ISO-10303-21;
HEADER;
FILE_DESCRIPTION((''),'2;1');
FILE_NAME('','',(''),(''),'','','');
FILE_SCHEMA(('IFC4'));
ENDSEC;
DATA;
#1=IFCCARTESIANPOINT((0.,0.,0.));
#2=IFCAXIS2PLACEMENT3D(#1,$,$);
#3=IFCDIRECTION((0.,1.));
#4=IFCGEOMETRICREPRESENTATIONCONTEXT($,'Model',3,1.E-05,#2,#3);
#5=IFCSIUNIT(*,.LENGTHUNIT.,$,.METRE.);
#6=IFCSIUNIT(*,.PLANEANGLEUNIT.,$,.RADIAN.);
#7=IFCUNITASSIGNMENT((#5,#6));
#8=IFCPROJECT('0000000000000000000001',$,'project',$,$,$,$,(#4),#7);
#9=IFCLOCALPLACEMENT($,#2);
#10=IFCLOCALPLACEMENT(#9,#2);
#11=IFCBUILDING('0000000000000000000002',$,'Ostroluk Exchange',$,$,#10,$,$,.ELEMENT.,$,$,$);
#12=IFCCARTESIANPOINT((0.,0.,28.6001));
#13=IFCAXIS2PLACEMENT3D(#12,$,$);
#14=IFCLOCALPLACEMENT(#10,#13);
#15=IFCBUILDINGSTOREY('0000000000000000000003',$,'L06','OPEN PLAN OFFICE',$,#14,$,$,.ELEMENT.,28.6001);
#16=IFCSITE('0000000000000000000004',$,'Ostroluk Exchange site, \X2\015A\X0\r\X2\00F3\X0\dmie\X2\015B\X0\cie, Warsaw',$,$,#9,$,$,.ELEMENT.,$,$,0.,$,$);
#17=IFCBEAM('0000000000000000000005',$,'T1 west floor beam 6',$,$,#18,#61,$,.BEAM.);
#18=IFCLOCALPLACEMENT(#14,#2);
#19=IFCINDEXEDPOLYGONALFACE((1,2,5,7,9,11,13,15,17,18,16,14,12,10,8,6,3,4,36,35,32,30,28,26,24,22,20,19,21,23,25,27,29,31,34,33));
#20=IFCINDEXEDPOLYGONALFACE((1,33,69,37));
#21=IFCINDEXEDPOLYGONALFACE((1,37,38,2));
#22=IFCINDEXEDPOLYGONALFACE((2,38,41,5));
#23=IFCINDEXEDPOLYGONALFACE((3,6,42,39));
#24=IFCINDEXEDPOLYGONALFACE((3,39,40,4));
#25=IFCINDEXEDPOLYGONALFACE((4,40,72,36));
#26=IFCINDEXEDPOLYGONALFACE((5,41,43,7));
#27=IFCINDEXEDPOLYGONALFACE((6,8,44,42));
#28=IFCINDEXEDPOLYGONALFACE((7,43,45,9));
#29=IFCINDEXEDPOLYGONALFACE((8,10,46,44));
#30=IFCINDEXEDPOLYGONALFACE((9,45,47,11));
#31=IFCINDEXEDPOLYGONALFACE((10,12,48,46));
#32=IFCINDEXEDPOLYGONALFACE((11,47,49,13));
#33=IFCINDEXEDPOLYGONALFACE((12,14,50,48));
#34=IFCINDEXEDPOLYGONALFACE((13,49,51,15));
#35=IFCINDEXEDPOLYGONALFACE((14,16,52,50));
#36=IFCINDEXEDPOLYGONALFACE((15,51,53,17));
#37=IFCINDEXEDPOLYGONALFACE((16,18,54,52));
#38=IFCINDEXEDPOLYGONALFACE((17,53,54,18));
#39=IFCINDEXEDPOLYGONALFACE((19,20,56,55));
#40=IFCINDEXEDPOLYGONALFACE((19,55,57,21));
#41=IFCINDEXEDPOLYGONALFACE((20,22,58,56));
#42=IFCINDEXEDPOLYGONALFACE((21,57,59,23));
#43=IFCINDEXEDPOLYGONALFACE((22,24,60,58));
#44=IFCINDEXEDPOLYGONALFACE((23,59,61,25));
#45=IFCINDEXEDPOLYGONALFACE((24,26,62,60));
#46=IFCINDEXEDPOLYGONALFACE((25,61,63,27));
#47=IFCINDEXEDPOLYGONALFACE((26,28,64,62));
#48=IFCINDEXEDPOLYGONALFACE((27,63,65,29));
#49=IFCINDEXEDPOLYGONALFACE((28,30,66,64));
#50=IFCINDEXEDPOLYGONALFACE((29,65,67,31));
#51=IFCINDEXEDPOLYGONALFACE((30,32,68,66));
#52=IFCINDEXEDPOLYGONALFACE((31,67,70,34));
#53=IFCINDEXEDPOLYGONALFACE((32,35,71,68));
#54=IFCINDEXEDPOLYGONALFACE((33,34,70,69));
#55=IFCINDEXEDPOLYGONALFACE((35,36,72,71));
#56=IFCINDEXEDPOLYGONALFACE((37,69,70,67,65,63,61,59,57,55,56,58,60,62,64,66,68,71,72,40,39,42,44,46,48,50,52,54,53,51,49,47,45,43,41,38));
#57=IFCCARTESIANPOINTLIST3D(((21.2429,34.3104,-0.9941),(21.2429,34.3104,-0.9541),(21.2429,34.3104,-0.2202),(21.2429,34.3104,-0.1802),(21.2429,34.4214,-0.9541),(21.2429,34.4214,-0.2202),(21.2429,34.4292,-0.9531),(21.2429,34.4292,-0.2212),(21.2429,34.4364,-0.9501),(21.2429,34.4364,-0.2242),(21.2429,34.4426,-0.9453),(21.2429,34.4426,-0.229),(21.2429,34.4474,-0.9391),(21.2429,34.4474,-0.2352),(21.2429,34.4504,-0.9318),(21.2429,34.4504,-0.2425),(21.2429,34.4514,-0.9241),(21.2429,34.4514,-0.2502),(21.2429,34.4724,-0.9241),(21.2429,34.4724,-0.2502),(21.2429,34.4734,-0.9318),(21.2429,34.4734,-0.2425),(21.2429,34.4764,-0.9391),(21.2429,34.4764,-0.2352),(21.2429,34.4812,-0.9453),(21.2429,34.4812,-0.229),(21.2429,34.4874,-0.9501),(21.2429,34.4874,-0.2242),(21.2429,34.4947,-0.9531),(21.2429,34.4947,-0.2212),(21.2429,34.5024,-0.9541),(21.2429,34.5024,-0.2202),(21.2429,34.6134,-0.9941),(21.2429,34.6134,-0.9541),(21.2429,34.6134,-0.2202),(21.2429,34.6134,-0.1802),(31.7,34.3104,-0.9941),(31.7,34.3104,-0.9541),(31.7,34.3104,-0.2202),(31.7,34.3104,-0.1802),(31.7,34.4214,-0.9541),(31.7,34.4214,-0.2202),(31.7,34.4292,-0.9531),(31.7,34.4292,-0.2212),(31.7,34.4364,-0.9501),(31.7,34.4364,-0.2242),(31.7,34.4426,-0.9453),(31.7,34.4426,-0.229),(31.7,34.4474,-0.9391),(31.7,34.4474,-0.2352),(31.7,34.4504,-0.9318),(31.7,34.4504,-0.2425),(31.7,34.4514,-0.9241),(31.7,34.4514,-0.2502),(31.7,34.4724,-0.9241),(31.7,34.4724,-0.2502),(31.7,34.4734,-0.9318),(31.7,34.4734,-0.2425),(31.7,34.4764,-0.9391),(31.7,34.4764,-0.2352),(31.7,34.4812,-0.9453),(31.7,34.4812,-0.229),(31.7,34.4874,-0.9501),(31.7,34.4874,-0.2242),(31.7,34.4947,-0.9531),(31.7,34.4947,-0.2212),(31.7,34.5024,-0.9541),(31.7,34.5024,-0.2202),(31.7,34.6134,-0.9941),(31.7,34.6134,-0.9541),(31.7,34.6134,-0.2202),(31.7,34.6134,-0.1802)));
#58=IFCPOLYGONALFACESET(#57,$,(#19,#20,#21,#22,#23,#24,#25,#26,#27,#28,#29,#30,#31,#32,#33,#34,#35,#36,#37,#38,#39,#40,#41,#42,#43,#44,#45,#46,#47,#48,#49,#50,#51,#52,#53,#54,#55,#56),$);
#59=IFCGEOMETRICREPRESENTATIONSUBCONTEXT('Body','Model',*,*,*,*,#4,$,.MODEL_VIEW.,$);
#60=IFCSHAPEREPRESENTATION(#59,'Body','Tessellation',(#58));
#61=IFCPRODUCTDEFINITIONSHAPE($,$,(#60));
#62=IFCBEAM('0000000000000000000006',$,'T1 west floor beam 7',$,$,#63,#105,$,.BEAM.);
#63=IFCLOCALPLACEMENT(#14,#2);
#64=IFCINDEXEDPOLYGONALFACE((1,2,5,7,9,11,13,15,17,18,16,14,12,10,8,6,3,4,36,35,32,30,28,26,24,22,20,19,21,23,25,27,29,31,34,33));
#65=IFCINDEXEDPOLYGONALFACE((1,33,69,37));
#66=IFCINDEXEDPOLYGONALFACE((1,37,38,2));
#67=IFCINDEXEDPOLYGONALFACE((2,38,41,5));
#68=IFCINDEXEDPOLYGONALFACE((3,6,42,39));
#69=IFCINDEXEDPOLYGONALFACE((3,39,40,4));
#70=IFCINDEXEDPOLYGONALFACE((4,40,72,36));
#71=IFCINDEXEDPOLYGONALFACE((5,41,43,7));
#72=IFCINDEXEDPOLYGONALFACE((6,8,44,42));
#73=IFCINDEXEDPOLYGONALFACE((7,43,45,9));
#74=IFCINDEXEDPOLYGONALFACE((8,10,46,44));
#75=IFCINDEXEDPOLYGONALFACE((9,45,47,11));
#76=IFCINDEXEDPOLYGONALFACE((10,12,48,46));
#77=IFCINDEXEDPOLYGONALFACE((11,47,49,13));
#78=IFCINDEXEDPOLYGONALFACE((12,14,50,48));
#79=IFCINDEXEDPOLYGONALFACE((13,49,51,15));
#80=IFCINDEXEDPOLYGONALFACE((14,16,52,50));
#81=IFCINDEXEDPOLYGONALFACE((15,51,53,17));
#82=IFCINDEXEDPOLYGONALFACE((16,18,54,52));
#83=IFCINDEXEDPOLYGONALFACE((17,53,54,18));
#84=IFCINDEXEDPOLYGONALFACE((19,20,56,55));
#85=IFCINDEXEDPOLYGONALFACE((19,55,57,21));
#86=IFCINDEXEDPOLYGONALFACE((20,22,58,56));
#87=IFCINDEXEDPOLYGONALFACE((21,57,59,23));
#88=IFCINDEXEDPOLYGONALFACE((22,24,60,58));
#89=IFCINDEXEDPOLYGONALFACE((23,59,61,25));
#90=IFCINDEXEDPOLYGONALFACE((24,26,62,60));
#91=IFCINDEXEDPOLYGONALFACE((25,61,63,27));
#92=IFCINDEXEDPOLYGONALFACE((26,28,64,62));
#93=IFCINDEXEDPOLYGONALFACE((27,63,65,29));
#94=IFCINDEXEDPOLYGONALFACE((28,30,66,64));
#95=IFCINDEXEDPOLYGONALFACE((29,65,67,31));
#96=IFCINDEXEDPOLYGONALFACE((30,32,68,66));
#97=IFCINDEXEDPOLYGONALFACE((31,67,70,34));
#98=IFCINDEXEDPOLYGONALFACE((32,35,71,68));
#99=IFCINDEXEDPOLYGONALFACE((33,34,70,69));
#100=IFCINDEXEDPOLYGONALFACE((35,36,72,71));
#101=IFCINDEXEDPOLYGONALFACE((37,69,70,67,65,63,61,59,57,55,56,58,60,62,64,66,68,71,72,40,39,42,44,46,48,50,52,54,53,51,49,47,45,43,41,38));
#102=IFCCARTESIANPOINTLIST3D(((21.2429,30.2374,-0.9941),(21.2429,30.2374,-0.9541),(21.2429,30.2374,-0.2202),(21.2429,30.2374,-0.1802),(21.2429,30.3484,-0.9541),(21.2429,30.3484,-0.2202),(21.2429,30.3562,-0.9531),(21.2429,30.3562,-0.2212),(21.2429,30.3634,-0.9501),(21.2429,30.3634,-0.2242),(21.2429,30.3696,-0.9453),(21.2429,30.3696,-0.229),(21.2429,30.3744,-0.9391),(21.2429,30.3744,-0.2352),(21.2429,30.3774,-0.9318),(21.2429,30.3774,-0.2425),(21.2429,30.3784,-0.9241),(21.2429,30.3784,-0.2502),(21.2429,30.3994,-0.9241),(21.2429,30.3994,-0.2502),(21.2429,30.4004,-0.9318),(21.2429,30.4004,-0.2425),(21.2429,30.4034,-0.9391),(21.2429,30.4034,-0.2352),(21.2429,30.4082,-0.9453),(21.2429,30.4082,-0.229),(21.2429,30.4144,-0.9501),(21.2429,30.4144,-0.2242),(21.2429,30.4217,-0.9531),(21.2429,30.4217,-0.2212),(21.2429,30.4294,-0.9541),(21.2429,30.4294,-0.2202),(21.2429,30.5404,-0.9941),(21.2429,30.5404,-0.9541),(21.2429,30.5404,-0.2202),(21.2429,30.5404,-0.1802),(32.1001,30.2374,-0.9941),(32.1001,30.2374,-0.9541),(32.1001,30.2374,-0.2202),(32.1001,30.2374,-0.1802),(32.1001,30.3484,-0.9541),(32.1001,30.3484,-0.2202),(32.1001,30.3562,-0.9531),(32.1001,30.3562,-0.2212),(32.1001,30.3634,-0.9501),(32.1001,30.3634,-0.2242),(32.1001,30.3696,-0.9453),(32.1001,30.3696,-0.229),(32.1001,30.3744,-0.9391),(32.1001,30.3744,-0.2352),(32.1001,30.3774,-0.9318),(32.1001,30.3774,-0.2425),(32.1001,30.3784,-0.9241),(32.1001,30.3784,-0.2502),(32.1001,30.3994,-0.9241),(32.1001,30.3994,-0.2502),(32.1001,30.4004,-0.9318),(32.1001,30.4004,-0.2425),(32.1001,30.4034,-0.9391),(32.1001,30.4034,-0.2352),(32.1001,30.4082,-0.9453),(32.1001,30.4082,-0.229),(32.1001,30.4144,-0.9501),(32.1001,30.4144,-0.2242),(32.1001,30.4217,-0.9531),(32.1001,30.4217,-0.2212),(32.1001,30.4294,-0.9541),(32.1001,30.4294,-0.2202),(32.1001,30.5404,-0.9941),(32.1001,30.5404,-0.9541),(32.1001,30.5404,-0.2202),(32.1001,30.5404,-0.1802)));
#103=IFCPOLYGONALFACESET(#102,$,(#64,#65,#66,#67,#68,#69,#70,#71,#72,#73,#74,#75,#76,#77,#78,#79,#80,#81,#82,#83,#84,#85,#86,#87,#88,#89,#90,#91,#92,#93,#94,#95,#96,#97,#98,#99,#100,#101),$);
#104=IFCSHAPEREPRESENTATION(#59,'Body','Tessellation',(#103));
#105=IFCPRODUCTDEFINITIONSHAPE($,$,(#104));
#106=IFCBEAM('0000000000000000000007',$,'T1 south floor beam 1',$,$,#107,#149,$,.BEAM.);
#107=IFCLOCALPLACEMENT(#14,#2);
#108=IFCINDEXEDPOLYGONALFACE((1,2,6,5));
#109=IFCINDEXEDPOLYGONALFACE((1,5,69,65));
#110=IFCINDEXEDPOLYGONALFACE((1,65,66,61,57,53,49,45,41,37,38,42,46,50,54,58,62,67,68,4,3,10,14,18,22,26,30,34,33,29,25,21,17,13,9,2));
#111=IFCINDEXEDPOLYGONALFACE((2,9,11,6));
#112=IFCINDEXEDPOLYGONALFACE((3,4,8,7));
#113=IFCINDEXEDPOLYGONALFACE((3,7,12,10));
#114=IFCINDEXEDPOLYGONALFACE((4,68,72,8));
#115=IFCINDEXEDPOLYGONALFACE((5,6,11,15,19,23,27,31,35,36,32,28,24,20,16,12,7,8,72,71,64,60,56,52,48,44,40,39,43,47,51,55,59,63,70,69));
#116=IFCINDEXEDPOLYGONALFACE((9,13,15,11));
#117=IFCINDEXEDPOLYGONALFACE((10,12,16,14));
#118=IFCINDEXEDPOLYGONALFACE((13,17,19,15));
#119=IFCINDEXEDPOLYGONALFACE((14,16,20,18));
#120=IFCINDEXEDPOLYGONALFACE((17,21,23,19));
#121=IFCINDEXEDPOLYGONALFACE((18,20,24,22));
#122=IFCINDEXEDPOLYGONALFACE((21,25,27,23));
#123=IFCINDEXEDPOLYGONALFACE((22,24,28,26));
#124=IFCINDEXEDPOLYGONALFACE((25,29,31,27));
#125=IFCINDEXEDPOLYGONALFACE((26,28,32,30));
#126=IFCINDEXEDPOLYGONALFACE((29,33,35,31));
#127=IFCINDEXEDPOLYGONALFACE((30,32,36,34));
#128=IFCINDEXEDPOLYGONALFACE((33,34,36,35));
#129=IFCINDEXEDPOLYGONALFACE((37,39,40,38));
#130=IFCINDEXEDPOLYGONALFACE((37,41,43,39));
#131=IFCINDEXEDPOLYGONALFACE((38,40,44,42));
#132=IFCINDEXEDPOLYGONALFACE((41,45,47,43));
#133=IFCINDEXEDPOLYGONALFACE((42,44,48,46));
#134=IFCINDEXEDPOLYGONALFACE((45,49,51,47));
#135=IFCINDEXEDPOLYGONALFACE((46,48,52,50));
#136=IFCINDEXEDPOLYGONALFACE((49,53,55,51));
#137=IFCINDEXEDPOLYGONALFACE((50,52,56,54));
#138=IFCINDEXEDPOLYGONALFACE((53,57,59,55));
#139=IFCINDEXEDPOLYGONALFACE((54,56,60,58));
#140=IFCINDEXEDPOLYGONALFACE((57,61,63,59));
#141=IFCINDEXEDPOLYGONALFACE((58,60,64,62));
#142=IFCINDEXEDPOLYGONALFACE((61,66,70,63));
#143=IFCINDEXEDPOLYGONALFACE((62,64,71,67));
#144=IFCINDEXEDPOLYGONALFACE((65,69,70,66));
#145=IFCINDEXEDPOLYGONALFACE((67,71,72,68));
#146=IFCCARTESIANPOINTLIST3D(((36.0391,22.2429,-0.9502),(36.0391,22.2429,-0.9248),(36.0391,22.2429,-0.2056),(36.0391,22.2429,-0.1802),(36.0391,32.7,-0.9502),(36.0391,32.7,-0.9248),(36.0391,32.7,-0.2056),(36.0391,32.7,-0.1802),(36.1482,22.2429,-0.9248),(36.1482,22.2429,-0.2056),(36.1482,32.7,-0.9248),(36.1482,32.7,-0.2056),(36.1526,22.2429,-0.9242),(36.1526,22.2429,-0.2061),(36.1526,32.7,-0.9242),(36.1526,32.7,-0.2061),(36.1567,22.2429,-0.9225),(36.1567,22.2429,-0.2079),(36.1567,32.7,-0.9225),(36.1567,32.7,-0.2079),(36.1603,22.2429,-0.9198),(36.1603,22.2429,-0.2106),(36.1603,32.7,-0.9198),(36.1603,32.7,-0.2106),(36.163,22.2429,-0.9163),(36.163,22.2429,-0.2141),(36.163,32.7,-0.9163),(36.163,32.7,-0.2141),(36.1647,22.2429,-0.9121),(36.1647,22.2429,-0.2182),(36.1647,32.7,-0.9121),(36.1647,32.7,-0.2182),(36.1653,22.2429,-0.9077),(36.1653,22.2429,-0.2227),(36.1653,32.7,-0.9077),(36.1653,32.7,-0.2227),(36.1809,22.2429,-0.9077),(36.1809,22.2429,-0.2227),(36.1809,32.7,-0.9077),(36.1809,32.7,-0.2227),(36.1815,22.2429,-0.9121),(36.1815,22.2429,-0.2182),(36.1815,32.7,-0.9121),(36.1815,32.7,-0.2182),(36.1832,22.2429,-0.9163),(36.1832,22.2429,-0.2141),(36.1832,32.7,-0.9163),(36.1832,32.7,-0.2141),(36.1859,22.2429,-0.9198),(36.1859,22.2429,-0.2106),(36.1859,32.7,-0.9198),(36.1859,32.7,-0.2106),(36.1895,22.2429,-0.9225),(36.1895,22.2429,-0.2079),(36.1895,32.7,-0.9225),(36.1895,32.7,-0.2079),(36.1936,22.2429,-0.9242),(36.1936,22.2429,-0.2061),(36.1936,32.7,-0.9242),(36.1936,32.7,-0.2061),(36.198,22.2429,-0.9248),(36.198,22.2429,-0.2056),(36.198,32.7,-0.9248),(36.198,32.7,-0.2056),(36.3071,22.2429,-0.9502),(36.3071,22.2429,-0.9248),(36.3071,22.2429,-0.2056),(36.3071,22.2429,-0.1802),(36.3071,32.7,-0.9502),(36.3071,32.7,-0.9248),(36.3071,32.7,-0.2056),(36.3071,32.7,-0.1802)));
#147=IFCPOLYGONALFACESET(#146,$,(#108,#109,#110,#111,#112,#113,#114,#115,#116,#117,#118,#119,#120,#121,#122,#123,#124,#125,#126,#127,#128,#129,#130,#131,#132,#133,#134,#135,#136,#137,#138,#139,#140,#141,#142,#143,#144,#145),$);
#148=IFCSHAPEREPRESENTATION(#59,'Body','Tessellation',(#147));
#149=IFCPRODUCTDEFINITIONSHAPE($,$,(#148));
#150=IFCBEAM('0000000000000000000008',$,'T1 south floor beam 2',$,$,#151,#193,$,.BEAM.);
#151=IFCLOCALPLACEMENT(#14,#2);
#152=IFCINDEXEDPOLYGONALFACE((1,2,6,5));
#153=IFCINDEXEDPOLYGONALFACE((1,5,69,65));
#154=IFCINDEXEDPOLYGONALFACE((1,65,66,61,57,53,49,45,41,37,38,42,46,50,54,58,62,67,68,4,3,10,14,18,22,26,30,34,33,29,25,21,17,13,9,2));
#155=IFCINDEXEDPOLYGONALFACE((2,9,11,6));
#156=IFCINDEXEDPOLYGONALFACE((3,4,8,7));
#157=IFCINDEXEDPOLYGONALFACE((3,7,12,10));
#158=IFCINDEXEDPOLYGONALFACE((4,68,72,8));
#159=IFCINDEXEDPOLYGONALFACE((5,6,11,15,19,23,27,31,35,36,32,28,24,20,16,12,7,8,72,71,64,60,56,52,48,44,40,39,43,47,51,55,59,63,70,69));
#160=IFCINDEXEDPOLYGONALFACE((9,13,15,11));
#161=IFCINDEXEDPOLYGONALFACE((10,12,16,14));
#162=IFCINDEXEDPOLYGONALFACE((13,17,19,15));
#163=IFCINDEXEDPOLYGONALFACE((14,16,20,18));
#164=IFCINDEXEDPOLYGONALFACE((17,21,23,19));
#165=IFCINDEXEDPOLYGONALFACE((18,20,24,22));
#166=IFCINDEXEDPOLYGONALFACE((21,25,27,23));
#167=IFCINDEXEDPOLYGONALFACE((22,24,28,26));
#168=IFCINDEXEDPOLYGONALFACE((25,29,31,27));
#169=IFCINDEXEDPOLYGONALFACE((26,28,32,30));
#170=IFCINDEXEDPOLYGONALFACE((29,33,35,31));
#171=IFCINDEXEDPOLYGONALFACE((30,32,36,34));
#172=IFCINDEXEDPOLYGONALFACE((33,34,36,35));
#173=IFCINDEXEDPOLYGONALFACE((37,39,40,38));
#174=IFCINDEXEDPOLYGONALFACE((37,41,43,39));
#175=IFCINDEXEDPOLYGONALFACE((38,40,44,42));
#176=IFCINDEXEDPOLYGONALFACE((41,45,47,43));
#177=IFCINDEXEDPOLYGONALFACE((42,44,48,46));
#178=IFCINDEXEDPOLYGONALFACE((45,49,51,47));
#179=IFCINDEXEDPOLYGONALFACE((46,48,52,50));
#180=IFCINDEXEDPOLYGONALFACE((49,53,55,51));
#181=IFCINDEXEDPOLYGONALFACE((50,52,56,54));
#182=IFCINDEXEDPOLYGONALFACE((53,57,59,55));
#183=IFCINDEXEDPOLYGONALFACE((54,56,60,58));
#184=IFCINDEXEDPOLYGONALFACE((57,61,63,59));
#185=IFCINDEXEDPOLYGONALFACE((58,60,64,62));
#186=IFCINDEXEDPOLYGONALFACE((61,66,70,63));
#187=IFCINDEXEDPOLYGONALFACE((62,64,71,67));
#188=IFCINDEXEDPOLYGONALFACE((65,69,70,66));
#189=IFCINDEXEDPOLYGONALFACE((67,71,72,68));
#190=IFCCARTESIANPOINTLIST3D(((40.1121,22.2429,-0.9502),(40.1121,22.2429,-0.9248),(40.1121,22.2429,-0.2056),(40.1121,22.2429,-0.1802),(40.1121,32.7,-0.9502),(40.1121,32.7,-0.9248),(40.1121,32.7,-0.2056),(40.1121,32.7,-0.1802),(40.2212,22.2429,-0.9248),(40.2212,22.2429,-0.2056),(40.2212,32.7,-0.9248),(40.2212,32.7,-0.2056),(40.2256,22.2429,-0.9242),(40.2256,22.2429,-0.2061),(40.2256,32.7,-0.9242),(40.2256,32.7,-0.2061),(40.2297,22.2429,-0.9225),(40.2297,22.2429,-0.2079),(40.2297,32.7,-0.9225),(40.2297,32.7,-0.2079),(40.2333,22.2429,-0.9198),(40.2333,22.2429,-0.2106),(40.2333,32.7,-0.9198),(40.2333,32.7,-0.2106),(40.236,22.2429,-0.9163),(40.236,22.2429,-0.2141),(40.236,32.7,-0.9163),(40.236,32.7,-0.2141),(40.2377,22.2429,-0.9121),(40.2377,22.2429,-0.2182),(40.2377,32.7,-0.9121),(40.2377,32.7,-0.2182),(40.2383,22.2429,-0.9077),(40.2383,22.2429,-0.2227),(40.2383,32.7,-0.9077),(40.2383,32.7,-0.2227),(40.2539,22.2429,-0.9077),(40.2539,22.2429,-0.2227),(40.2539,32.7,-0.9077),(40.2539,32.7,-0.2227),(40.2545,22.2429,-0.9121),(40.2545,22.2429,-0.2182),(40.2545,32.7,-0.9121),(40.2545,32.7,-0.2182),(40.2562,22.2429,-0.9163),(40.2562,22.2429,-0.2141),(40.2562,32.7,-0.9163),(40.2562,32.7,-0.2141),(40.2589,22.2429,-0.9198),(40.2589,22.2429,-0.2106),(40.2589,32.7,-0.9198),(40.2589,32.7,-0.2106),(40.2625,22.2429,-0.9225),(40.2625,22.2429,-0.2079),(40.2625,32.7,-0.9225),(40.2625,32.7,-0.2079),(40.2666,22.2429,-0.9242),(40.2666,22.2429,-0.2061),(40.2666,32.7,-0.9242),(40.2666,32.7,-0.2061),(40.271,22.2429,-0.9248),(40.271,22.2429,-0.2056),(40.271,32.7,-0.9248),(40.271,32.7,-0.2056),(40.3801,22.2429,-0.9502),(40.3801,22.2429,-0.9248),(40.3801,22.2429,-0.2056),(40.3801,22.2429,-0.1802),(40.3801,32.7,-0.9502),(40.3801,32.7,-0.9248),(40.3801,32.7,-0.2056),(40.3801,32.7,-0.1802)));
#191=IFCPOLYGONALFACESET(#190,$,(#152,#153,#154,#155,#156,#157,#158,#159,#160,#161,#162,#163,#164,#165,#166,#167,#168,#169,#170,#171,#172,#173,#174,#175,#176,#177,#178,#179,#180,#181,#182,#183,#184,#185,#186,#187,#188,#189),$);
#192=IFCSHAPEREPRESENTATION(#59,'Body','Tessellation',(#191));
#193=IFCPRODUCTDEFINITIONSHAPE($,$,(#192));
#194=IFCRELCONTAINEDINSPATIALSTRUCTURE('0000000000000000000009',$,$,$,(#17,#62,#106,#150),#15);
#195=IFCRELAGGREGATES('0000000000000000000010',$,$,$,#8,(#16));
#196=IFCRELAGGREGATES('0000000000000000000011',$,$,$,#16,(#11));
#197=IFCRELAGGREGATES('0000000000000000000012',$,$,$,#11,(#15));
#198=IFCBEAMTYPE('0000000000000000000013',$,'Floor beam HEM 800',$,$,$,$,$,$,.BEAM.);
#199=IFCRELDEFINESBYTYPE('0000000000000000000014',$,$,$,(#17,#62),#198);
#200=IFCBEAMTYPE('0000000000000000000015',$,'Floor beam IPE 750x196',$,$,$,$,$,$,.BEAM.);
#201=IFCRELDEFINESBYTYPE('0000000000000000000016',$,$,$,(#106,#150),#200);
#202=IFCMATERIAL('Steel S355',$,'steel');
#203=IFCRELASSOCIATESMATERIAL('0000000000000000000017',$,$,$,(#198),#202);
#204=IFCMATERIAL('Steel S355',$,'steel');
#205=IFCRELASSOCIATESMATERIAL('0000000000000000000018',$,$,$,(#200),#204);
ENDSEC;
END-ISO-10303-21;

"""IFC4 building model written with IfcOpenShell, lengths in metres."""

from ifc_helpers import new_model, si_unit, direction, frame, origin, origin_2d, place, context, subcontext, project, spatial, i_section, extrude, material, material_profile, profile_set, type_object, element, save


model = new_model("IFC4")

# Units and contexts
model_context = context("Model", 3, precision=1e-05, world=origin(), true_north=direction((0.0, 1.0)))
body_context = subcontext(model_context, "Body", "Model", "MODEL_VIEW")
ifc_project = project(units=[si_unit("LENGTHUNIT", "METRE"), si_unit("PLANEANGLEUNIT", "RADIAN")], contexts=[model_context])

# Site, building, storey
site_placement = place(None, origin())
site = spatial("IfcSite", under=ifc_project, at=site_placement, Name="Ostroluk Exchange site, Śródmieście, Warsaw", CompositionType="ELEMENT", RefElevation=0.0)
building_placement = place(site_placement, origin())
building = spatial("IfcBuilding", under=site, at=building_placement, Name="Ostroluk Exchange", CompositionType="ELEMENT")
storey_placement = place(building_placement, frame((0.0, 0.0, 28.6001)))
storey = spatial("IfcBuildingStorey", under=building, at=storey_placement, Name="L06", Description="OPEN PLAN OFFICE", CompositionType="ELEMENT", Elevation=28.6001)

# Beams
ifc_material_1 = material(Name="Steel S355", Category="steel")
ifc_material_profile_1 = material_profile(ifc_material_1, i_section(OverallWidth=0.303, OverallDepth=0.814, WebThickness=0.021, FlangeThickness=0.04, FilletRadius=0.03, at=origin_2d()), Name="HEM 800")
ifc_profile_set_1 = profile_set([ifc_material_profile_1], Name="Steel S355")
beam_type_1 = type_object("IfcBeamType", Name="Floor beam HEM 800", PredefinedType="BEAM", material=ifc_profile_set_1)
beam_1_placement = place(storey_placement, frame((31.7, 34.4619, -0.5872), z_axis=(-1.0, 0.0, 0.0), x_axis=(0.0, -1.0, 0.0)))
element("IfcBeam", 1, at=beam_1_placement, inside=storey, type_object=beam_type_1, Name="T1 west floor beam 6", PredefinedType="BEAM", context=body_context, shape_type="SweptSolid", body=[
    extrude(i_section(OverallWidth=0.303, OverallDepth=0.814, WebThickness=0.021, FlangeThickness=0.04, FilletRadius=0.03, at=origin_2d()), origin(), (0.0, 0.0, 1.0), 10.457),
])
beam_2_placement = place(storey_placement, frame((32.1001, 30.3889, -0.5872), z_axis=(-1.0, 0.0, 0.0), x_axis=(0.0, -1.0, 0.0)))
element("IfcBeam", 2, at=beam_2_placement, inside=storey, type_object=beam_type_1, Name="T1 west floor beam 7", PredefinedType="BEAM", context=body_context, shape_type="SweptSolid", body=[
    extrude(i_section(OverallWidth=0.303, OverallDepth=0.814, WebThickness=0.021, FlangeThickness=0.04, FilletRadius=0.03, at=origin_2d()), origin(), (0.0, 0.0, 1.0), 10.8572),
])
ifc_material_2 = material(Name="Steel S355", Category="steel")
ifc_material_profile_2 = material_profile(ifc_material_2, i_section(OverallWidth=0.2681, OverallDepth=0.77, WebThickness=0.0156, FlangeThickness=0.0254, FilletRadius=0.0171, at=origin_2d()), Name="IPE 750x196")
ifc_profile_set_2 = profile_set([ifc_material_profile_2], Name="Steel S355")
beam_type_2 = type_object("IfcBeamType", Name="Floor beam IPE 750x196", PredefinedType="BEAM", material=ifc_profile_set_2)
for number, where, z_axis, x_axis, name in (
    (3, (36.1731, 32.7, -0.5652), (0.0, -1.0, 0.0), (1.0, 0.0, 0.0), "T1 south floor beam 1"),
    (4, (40.2461, 32.7, -0.5652), (0.0, -1.0, 0.0), (1.0, 0.0, 0.0), "T1 south floor beam 2"),
):
    element("IfcBeam", number, at=place(storey_placement, frame(where, z_axis=z_axis, x_axis=x_axis)), inside=storey, type_object=beam_type_2, Name=name, PredefinedType="BEAM", context=body_context, shape_type="SweptSolid", body=[
        extrude(i_section(OverallWidth=0.2681, OverallDepth=0.77, WebThickness=0.0156, FlangeThickness=0.0254, FilletRadius=0.0171, at=origin_2d()), origin(), (0.0, 0.0, 1.0), 10.457),
    ])

save(model, "model.ifc")
